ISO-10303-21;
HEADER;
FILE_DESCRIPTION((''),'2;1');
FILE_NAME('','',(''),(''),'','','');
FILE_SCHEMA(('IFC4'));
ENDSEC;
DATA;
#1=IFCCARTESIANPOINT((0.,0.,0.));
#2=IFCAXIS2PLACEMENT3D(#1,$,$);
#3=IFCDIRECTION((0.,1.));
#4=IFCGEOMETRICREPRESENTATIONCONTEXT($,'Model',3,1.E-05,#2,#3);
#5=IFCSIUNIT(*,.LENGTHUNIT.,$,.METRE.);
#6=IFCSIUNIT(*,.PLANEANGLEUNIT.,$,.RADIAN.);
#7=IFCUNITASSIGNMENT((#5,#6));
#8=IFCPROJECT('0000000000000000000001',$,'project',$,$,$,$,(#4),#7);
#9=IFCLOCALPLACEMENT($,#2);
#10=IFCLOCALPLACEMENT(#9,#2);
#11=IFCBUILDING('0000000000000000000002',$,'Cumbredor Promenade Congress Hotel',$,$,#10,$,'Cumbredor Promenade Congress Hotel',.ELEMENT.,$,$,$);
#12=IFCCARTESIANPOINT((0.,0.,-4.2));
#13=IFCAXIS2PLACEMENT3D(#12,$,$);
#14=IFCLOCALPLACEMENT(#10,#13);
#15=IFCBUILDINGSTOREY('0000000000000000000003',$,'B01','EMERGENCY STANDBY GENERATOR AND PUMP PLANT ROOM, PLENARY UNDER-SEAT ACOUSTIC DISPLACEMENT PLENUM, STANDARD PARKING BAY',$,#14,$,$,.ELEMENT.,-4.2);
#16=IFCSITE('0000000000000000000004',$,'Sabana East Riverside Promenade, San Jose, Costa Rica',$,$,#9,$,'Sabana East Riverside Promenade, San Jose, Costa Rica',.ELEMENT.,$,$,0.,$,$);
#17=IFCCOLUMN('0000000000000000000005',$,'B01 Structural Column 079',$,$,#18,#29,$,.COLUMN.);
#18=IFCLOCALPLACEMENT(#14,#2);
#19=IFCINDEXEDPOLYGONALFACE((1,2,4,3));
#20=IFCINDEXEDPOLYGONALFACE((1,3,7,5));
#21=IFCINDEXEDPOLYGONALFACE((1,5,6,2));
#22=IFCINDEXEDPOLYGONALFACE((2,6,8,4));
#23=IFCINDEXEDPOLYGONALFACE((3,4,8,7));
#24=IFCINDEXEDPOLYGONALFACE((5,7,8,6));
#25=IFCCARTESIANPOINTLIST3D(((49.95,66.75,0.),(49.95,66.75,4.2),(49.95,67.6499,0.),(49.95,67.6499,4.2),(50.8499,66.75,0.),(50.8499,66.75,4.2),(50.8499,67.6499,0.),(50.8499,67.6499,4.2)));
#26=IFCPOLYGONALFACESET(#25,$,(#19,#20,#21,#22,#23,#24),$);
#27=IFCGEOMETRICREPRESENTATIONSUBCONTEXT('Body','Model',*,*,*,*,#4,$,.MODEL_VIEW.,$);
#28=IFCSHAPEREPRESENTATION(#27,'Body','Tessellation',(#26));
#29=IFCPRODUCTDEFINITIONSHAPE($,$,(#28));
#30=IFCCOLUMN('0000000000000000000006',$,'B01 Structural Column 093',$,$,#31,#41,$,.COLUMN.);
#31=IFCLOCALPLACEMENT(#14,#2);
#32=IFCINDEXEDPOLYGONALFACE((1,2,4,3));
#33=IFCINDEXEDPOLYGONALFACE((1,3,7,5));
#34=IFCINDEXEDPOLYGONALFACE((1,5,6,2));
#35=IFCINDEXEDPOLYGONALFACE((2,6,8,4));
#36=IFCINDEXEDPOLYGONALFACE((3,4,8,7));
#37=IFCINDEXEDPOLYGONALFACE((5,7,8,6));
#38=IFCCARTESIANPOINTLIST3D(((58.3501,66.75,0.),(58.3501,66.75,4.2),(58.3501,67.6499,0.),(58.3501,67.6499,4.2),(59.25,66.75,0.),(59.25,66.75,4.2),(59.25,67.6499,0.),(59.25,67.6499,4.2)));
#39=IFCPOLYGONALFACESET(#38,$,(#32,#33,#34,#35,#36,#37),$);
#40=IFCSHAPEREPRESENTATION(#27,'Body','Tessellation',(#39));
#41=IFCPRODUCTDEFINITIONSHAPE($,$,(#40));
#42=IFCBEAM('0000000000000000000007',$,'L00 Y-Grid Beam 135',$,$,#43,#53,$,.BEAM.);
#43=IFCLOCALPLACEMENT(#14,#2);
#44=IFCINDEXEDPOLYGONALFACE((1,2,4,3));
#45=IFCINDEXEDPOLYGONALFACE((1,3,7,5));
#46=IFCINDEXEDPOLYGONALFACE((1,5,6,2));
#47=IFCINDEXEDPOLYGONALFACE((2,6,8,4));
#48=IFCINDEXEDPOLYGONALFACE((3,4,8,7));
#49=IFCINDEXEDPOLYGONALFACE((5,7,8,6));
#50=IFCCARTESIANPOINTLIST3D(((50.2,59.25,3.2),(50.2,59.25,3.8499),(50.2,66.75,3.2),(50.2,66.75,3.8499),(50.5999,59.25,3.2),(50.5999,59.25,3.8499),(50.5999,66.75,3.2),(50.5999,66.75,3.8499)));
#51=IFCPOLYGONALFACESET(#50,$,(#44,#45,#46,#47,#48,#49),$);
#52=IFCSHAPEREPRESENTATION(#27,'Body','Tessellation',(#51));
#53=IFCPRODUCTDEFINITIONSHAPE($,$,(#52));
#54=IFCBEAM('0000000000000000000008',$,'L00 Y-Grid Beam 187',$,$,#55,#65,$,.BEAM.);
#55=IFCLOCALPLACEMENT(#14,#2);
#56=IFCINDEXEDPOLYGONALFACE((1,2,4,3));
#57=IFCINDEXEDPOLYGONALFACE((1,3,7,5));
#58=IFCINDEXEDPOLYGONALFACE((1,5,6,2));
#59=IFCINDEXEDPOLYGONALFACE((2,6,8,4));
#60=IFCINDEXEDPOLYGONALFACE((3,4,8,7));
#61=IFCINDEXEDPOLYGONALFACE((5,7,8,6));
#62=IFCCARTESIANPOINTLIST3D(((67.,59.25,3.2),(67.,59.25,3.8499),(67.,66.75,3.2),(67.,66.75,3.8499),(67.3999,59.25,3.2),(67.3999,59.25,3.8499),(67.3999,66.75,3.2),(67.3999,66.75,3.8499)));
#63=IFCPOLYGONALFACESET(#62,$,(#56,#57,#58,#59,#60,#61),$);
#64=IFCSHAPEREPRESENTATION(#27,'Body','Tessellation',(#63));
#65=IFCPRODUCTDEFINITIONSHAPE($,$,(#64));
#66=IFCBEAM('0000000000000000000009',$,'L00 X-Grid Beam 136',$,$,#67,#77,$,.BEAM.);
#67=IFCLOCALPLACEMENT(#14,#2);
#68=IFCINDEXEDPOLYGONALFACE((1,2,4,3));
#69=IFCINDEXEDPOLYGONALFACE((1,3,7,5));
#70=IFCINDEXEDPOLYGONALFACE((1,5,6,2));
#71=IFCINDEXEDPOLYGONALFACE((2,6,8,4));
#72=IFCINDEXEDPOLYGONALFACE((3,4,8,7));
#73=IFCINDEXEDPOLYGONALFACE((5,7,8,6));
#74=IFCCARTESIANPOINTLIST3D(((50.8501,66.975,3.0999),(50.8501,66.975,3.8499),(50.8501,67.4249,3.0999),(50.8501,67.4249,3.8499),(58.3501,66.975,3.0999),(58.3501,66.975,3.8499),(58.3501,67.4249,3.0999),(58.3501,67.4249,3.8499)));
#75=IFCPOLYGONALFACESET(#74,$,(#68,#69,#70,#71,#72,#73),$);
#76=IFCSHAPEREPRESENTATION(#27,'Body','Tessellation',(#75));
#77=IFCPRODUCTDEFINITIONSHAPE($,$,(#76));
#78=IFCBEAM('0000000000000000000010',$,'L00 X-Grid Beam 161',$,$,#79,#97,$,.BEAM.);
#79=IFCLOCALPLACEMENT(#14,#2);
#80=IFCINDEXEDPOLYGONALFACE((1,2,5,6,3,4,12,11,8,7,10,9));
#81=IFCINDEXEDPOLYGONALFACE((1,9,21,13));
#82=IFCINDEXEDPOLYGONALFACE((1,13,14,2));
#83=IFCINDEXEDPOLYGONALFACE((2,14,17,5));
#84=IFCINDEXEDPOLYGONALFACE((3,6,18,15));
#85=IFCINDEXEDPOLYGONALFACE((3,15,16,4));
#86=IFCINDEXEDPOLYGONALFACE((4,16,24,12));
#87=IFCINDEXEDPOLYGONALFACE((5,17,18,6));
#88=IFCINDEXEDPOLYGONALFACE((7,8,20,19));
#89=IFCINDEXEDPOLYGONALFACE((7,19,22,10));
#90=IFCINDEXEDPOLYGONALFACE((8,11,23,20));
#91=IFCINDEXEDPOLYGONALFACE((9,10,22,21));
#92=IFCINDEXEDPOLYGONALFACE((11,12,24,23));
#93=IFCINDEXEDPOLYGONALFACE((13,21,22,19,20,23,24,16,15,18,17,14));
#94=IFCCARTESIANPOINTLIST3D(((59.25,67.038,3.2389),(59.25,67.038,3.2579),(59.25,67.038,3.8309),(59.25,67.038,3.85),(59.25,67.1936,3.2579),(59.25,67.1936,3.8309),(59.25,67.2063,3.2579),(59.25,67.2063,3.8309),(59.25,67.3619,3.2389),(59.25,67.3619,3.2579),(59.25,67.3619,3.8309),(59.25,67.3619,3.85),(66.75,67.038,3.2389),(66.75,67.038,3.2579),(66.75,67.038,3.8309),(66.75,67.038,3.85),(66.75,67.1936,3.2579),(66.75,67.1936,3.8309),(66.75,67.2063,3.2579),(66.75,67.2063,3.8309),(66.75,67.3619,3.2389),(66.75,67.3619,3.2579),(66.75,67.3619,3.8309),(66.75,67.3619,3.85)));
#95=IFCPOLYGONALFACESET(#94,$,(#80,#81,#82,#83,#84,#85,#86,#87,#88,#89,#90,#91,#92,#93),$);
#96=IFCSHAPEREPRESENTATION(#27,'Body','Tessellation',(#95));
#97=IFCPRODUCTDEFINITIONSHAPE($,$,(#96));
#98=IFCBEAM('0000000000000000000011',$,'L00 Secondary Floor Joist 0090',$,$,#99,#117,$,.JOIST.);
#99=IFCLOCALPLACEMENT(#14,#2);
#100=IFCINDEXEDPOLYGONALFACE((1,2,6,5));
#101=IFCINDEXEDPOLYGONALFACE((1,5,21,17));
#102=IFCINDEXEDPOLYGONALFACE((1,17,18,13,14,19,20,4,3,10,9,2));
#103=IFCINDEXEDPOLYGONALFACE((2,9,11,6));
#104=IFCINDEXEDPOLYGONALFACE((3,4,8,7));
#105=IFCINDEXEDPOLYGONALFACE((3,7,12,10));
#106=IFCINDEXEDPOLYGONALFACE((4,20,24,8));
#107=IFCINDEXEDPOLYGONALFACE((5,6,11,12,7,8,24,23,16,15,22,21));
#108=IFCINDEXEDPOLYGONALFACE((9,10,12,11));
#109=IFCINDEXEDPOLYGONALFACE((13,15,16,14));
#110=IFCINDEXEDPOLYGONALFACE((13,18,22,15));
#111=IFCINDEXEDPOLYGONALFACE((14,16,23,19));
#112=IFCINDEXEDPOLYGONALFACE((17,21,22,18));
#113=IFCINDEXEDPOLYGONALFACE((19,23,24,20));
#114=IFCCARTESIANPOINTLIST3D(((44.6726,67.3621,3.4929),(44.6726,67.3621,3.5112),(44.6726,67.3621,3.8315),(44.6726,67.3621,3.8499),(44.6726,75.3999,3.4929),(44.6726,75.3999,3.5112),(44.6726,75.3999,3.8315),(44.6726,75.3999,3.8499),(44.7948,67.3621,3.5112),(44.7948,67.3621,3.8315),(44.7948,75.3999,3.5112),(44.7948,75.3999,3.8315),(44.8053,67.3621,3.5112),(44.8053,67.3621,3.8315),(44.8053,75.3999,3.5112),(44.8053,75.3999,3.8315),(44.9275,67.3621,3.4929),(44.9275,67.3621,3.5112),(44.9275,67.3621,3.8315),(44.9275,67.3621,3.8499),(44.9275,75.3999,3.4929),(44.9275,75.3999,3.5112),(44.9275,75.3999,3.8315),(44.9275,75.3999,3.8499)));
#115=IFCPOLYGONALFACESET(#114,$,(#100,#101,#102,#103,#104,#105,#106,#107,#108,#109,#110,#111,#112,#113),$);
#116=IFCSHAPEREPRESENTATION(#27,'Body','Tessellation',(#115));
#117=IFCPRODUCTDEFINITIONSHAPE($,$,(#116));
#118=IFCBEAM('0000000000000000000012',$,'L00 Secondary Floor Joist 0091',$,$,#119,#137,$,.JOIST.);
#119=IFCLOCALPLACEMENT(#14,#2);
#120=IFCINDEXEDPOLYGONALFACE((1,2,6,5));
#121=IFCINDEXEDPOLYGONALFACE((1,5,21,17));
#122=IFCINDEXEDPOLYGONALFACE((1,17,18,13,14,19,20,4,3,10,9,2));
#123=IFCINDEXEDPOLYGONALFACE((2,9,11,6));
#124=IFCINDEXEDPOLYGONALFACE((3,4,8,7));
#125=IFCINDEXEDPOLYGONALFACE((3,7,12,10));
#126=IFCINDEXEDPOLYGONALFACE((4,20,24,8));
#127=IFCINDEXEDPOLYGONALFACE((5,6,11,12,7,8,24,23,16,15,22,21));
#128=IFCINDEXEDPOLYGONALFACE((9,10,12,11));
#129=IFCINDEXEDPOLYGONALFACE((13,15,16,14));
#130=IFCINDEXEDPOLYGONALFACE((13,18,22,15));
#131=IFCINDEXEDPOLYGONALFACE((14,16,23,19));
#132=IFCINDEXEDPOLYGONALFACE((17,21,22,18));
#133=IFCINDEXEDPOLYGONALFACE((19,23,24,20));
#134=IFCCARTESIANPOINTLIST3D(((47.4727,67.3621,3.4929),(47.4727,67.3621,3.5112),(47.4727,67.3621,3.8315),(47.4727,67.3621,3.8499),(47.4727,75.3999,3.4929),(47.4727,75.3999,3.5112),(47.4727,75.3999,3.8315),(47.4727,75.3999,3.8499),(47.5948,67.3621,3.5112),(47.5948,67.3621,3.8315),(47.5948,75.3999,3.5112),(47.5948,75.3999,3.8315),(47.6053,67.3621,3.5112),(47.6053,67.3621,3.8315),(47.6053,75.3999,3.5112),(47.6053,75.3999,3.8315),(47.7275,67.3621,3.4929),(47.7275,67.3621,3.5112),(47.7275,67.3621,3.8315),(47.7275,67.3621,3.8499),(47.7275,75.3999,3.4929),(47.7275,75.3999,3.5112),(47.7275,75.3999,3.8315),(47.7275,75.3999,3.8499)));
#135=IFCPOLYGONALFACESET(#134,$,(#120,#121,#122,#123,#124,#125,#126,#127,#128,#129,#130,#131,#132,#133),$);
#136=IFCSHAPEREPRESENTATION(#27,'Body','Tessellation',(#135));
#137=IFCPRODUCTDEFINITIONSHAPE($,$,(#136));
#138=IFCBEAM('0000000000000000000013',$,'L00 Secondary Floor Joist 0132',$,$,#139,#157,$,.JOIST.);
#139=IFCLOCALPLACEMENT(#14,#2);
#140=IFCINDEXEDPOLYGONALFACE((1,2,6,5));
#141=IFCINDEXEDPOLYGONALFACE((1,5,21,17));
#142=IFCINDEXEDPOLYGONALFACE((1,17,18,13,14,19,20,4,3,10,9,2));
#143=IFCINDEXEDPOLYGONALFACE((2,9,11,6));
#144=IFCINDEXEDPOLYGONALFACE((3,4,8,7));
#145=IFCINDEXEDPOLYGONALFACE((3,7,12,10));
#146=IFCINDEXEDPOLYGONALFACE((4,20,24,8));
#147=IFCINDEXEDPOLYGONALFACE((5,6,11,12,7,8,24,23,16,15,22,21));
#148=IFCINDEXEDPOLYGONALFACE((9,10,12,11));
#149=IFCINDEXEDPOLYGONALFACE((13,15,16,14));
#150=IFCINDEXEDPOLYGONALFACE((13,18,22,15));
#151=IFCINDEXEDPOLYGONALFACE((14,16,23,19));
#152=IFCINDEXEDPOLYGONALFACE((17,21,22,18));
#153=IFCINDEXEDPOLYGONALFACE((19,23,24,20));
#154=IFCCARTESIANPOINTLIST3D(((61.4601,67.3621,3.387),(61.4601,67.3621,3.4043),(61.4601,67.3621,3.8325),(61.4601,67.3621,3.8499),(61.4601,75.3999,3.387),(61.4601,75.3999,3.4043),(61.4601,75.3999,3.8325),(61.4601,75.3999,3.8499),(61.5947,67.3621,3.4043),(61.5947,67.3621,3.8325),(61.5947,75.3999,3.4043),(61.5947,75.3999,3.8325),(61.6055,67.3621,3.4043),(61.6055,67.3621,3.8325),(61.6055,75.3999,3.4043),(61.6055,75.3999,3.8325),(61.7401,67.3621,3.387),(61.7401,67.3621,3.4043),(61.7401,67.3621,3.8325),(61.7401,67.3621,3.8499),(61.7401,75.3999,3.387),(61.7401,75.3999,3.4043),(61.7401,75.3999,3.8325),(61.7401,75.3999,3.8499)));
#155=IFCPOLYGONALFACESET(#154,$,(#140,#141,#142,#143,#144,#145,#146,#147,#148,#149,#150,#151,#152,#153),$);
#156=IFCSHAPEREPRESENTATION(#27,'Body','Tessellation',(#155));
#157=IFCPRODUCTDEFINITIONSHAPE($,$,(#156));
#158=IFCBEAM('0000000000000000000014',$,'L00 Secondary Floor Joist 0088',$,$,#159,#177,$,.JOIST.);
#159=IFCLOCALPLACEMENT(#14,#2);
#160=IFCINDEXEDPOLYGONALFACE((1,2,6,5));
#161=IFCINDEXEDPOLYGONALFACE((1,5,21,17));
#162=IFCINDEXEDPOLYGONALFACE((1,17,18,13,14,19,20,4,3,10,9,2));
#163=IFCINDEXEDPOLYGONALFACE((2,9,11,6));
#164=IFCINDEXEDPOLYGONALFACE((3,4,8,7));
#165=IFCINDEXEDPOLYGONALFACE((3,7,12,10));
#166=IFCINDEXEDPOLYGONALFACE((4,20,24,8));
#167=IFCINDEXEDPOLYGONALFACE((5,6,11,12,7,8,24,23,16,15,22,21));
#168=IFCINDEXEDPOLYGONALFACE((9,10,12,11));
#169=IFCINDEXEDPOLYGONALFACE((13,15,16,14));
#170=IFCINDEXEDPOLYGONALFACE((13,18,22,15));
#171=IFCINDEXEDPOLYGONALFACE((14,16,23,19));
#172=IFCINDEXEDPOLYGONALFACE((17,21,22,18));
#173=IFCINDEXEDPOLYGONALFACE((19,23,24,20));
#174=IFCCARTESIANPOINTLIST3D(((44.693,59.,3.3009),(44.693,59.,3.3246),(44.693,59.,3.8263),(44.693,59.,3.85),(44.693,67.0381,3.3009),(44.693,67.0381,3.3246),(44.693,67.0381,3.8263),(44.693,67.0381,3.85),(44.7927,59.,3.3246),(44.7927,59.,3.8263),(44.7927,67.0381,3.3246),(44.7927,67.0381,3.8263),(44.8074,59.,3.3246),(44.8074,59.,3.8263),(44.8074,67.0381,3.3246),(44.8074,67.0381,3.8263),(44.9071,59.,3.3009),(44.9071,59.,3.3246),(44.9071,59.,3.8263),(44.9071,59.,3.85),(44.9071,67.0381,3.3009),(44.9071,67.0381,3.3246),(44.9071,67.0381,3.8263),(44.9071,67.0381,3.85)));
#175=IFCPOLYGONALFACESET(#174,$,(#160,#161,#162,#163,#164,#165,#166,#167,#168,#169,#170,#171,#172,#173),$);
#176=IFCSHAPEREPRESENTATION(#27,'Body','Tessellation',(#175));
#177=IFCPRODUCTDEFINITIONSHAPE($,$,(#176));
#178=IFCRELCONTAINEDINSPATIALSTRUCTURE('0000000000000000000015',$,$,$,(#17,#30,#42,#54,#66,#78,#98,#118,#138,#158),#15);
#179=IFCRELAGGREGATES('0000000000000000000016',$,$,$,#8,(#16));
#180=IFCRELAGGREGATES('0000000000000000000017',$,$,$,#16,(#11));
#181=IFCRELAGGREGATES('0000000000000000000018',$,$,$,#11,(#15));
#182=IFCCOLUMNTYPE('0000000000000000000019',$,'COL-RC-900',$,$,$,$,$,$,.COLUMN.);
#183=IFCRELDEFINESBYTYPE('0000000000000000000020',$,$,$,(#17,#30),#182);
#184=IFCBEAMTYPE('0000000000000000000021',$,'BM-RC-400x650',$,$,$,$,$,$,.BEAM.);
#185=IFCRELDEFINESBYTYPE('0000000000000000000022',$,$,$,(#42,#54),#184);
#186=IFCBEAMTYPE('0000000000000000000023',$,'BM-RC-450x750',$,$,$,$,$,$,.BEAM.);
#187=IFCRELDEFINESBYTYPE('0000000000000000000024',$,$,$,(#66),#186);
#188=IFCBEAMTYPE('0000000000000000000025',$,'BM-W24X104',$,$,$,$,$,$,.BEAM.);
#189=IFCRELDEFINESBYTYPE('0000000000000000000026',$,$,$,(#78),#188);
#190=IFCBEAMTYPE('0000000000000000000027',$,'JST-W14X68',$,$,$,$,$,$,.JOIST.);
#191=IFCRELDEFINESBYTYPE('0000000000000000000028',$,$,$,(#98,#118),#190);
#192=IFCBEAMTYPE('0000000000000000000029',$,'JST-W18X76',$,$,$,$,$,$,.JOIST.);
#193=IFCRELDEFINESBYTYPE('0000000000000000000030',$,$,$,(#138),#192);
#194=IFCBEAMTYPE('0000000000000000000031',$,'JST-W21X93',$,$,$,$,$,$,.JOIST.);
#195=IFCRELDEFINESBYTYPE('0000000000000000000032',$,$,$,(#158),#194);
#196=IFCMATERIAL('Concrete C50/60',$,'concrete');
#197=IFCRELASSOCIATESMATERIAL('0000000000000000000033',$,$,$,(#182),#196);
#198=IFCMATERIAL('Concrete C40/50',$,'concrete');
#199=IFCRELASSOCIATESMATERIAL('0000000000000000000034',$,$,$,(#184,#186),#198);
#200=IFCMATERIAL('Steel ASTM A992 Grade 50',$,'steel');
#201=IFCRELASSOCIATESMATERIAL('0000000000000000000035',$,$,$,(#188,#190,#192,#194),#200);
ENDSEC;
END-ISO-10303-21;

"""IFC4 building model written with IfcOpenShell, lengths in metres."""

from ifc_helpers import new_model, si_unit, direction, frame, origin, origin_2d, place, context, subcontext, project, spatial, rectangle, i_section, extrude, material, material_profile, profile_set, type_object, element, save


model = new_model("IFC4")

# Units and contexts
model_context = context("Model", 3, precision=1e-05, world=origin(), true_north=direction((0.0, 1.0)))
body_context = subcontext(model_context, "Body", "Model", "MODEL_VIEW")
ifc_project = project(units=[si_unit("LENGTHUNIT", "METRE"), si_unit("PLANEANGLEUNIT", "RADIAN")], contexts=[model_context])

# Site, building, storey
site_placement = place(None, origin())
site = spatial("IfcSite", under=ifc_project, at=site_placement, Name="Sabana East Riverside Promenade, San Jose, Costa Rica", LongName="Sabana East Riverside Promenade, San Jose, Costa Rica", CompositionType="ELEMENT", RefElevation=0.0)
building_placement = place(site_placement, origin())
building = spatial("IfcBuilding", under=site, at=building_placement, Name="Cumbredor Promenade Congress Hotel", LongName="Cumbredor Promenade Congress Hotel", CompositionType="ELEMENT")
storey_placement = place(building_placement, frame((0.0, 0.0, -4.2)))
storey = spatial("IfcBuildingStorey", under=building, at=storey_placement, Name="B01", Description="EMERGENCY STANDBY GENERATOR AND PUMP PLANT ROOM, PLENARY UNDER-SEAT ACOUSTIC DISPLACEMENT PLENUM, STANDARD PARKING BAY", CompositionType="ELEMENT", Elevation=-4.2)

# Columns
ifc_material_1 = material(Name="Concrete C50/60", Category="concrete")
ifc_material_profile_1 = material_profile(ifc_material_1, rectangle(XDim=0.8999, YDim=0.8999, at=origin_2d()), Name="RC 900x900")
ifc_profile_set_1 = profile_set([ifc_material_profile_1], Name="Concrete C50/60")
column_type = type_object("IfcColumnType", Name="COL-RC-900", PredefinedType="COLUMN", material=ifc_profile_set_1)
for number, where, z_axis, x_axis, name in (
    (1, (50.3999, 67.2, 0.0), (0.0, 0.0, 1.0), (1.0, 0.0, 0.0), "B01 Structural Column 079"),
    (2, (58.8, 67.2, 0.0), (0.0, 0.0, 1.0), (1.0, 0.0, 0.0), "B01 Structural Column 093"),
):
    element("IfcColumn", number, at=place(storey_placement, frame(where, z_axis=z_axis, x_axis=x_axis)), inside=storey, type_object=column_type, Name=name, PredefinedType="COLUMN", context=body_context, shape_type="SweptSolid", body=[
        extrude(rectangle(XDim=0.8999, YDim=0.8999, at=origin_2d()), origin(), (0.0, 0.0, 1.0), 4.2),
    ])

# Beams
ifc_material_2 = material(Name="Concrete C40/50", Category="concrete")
ifc_material_profile_2 = material_profile(ifc_material_2, rectangle(XDim=0.3999, YDim=0.6499, at=origin_2d()), Name="RC BEAM 400x650")
ifc_profile_set_2 = profile_set([ifc_material_profile_2], Name="Concrete C40/50")
beam_type_1 = type_object("IfcBeamType", Name="BM-RC-400x650", PredefinedType="BEAM", material=ifc_profile_set_2)
for number, where, z_axis, x_axis, name in (
    (3, (50.3999, 59.25, 3.5249), (0.0, 1.0, 0.0), (-1.0, 0.0, 0.0), "L00 Y-Grid Beam 135"),
    (4, (67.2, 59.25, 3.5249), (0.0, 1.0, 0.0), (-1.0, 0.0, 0.0), "L00 Y-Grid Beam 187"),
):
    element("IfcBeam", number, at=place(storey_placement, frame(where, z_axis=z_axis, x_axis=x_axis)), inside=storey, type_object=beam_type_1, Name=name, PredefinedType="BEAM", context=body_context, shape_type="SweptSolid", body=[
        extrude(rectangle(XDim=0.3999, YDim=0.6499, at=origin_2d()), origin(), (0.0, 0.0, 1.0), 7.5),
    ])
ifc_material_profile_3 = material_profile(ifc_material_2, rectangle(XDim=0.45, YDim=0.75, at=origin_2d()), Name="RC BEAM 450x750")
ifc_profile_set_3 = profile_set([ifc_material_profile_3], Name="Concrete C40/50")
beam_type_2 = type_object("IfcBeamType", Name="BM-RC-450x750", PredefinedType="BEAM", material=ifc_profile_set_3)
beam_1_placement = place(storey_placement, frame((50.8501, 67.2, 3.4749), z_axis=(1.0, 0.0, 0.0), x_axis=(0.0, 1.0, 0.0)))
element("IfcBeam", 5, at=beam_1_placement, inside=storey, type_object=beam_type_2, Name="L00 X-Grid Beam 136", PredefinedType="BEAM", context=body_context, shape_type="SweptSolid", body=[
    extrude(rectangle(XDim=0.45, YDim=0.75, at=origin_2d()), origin(), (0.0, 0.0, 1.0), 7.5),
])
ifc_material_3 = material(Name="Steel ASTM A992 Grade 50", Category="steel")
ifc_material_profile_4 = material_profile(ifc_material_3, i_section(OverallWidth=0.324, OverallDepth=0.6111, WebThickness=0.0127, FlangeThickness=0.019, at=origin_2d()), Name="W24X104")
ifc_profile_set_4 = profile_set([ifc_material_profile_4], Name="Steel ASTM A992 Grade 50")
beam_type_3 = type_object("IfcBeamType", Name="BM-W24X104", PredefinedType="BEAM", material=ifc_profile_set_4)
beam_2_placement = place(storey_placement, frame((59.25, 67.2, 3.5444), z_axis=(1.0, 0.0, 0.0), x_axis=(0.0, 1.0, 0.0)))
element("IfcBeam", 6, at=beam_2_placement, inside=storey, type_object=beam_type_3, Name="L00 X-Grid Beam 161", PredefinedType="BEAM", context=body_context, shape_type="SweptSolid", body=[
    extrude(i_section(OverallWidth=0.324, OverallDepth=0.6111, WebThickness=0.0127, FlangeThickness=0.019, at=origin_2d()), origin(), (0.0, 0.0, 1.0), 7.5),
])
ifc_material_profile_5 = material_profile(ifc_material_3, i_section(OverallWidth=0.2549, OverallDepth=0.3569, WebThickness=0.0105, FlangeThickness=0.0183, at=origin_2d()), Name="W14X68")
ifc_profile_set_5 = profile_set([ifc_material_profile_5], Name="Steel ASTM A992 Grade 50")
beam_type_4 = type_object("IfcBeamType", Name="JST-W14X68", PredefinedType="JOIST", material=ifc_profile_set_5)
for number, where, z_axis, x_axis, name in (
    (7, (44.8, 67.3621, 3.6714), (0.0, 1.0, 0.0), (-1.0, 0.0, 0.0), "L00 Secondary Floor Joist 0090"),
    (8, (47.6001, 67.3621, 3.6714), (0.0, 1.0, 0.0), (-1.0, 0.0, 0.0), "L00 Secondary Floor Joist 0091"),
):
    element("IfcBeam", number, at=place(storey_placement, frame(where, z_axis=z_axis, x_axis=x_axis)), inside=storey, type_object=beam_type_4, Name=name, PredefinedType="JOIST", context=body_context, shape_type="SweptSolid", body=[
        extrude(i_section(OverallWidth=0.2549, OverallDepth=0.3569, WebThickness=0.0105, FlangeThickness=0.0183, at=origin_2d()), origin(), (0.0, 0.0, 1.0), 8.0378),
    ])
ifc_material_profile_6 = material_profile(ifc_material_3, i_section(OverallWidth=0.28, OverallDepth=0.4629, WebThickness=0.0107, FlangeThickness=0.0173, at=origin_2d()), Name="W18X76")
ifc_profile_set_6 = profile_set([ifc_material_profile_6], Name="Steel ASTM A992 Grade 50")
beam_type_5 = type_object("IfcBeamType", Name="JST-W18X76", PredefinedType="JOIST", material=ifc_profile_set_6)
beam_3_placement = place(storey_placement, frame((61.6001, 67.3621, 3.6184), z_axis=(0.0, 1.0, 0.0), x_axis=(-1.0, 0.0, 0.0)))
element("IfcBeam", 9, at=beam_3_placement, inside=storey, type_object=beam_type_5, Name="L00 Secondary Floor Joist 0132", PredefinedType="JOIST", context=body_context, shape_type="SweptSolid", body=[
    extrude(i_section(OverallWidth=0.28, OverallDepth=0.4629, WebThickness=0.0107, FlangeThickness=0.0173, at=origin_2d()), origin(), (0.0, 0.0, 1.0), 8.0378),
])
ifc_material_profile_7 = material_profile(ifc_material_3, i_section(OverallWidth=0.2141, OverallDepth=0.5491, WebThickness=0.0146, FlangeThickness=0.0237, at=origin_2d()), Name="W21X93")
ifc_profile_set_7 = profile_set([ifc_material_profile_7], Name="Steel ASTM A992 Grade 50")
beam_type_6 = type_object("IfcBeamType", Name="JST-W21X93", PredefinedType="JOIST", material=ifc_profile_set_7)
for number, where, z_axis, x_axis, name in (
    (10, (44.8, 59.0, 3.5754), (0.0, 1.0, 0.0), (-1.0, 0.0, 0.0), "L00 Secondary Floor Joist 0088"),
):
    element("IfcBeam", number, at=place(storey_placement, frame(where, z_axis=z_axis, x_axis=x_axis)), inside=storey, type_object=beam_type_6, Name=name, PredefinedType="JOIST", context=body_context, shape_type="SweptSolid", body=[
        extrude(i_section(OverallWidth=0.2141, OverallDepth=0.5491, WebThickness=0.0146, FlangeThickness=0.0237, at=origin_2d()), origin(), (0.0, 0.0, 1.0), 8.0381),
    ])

save(model, "model.ifc")
